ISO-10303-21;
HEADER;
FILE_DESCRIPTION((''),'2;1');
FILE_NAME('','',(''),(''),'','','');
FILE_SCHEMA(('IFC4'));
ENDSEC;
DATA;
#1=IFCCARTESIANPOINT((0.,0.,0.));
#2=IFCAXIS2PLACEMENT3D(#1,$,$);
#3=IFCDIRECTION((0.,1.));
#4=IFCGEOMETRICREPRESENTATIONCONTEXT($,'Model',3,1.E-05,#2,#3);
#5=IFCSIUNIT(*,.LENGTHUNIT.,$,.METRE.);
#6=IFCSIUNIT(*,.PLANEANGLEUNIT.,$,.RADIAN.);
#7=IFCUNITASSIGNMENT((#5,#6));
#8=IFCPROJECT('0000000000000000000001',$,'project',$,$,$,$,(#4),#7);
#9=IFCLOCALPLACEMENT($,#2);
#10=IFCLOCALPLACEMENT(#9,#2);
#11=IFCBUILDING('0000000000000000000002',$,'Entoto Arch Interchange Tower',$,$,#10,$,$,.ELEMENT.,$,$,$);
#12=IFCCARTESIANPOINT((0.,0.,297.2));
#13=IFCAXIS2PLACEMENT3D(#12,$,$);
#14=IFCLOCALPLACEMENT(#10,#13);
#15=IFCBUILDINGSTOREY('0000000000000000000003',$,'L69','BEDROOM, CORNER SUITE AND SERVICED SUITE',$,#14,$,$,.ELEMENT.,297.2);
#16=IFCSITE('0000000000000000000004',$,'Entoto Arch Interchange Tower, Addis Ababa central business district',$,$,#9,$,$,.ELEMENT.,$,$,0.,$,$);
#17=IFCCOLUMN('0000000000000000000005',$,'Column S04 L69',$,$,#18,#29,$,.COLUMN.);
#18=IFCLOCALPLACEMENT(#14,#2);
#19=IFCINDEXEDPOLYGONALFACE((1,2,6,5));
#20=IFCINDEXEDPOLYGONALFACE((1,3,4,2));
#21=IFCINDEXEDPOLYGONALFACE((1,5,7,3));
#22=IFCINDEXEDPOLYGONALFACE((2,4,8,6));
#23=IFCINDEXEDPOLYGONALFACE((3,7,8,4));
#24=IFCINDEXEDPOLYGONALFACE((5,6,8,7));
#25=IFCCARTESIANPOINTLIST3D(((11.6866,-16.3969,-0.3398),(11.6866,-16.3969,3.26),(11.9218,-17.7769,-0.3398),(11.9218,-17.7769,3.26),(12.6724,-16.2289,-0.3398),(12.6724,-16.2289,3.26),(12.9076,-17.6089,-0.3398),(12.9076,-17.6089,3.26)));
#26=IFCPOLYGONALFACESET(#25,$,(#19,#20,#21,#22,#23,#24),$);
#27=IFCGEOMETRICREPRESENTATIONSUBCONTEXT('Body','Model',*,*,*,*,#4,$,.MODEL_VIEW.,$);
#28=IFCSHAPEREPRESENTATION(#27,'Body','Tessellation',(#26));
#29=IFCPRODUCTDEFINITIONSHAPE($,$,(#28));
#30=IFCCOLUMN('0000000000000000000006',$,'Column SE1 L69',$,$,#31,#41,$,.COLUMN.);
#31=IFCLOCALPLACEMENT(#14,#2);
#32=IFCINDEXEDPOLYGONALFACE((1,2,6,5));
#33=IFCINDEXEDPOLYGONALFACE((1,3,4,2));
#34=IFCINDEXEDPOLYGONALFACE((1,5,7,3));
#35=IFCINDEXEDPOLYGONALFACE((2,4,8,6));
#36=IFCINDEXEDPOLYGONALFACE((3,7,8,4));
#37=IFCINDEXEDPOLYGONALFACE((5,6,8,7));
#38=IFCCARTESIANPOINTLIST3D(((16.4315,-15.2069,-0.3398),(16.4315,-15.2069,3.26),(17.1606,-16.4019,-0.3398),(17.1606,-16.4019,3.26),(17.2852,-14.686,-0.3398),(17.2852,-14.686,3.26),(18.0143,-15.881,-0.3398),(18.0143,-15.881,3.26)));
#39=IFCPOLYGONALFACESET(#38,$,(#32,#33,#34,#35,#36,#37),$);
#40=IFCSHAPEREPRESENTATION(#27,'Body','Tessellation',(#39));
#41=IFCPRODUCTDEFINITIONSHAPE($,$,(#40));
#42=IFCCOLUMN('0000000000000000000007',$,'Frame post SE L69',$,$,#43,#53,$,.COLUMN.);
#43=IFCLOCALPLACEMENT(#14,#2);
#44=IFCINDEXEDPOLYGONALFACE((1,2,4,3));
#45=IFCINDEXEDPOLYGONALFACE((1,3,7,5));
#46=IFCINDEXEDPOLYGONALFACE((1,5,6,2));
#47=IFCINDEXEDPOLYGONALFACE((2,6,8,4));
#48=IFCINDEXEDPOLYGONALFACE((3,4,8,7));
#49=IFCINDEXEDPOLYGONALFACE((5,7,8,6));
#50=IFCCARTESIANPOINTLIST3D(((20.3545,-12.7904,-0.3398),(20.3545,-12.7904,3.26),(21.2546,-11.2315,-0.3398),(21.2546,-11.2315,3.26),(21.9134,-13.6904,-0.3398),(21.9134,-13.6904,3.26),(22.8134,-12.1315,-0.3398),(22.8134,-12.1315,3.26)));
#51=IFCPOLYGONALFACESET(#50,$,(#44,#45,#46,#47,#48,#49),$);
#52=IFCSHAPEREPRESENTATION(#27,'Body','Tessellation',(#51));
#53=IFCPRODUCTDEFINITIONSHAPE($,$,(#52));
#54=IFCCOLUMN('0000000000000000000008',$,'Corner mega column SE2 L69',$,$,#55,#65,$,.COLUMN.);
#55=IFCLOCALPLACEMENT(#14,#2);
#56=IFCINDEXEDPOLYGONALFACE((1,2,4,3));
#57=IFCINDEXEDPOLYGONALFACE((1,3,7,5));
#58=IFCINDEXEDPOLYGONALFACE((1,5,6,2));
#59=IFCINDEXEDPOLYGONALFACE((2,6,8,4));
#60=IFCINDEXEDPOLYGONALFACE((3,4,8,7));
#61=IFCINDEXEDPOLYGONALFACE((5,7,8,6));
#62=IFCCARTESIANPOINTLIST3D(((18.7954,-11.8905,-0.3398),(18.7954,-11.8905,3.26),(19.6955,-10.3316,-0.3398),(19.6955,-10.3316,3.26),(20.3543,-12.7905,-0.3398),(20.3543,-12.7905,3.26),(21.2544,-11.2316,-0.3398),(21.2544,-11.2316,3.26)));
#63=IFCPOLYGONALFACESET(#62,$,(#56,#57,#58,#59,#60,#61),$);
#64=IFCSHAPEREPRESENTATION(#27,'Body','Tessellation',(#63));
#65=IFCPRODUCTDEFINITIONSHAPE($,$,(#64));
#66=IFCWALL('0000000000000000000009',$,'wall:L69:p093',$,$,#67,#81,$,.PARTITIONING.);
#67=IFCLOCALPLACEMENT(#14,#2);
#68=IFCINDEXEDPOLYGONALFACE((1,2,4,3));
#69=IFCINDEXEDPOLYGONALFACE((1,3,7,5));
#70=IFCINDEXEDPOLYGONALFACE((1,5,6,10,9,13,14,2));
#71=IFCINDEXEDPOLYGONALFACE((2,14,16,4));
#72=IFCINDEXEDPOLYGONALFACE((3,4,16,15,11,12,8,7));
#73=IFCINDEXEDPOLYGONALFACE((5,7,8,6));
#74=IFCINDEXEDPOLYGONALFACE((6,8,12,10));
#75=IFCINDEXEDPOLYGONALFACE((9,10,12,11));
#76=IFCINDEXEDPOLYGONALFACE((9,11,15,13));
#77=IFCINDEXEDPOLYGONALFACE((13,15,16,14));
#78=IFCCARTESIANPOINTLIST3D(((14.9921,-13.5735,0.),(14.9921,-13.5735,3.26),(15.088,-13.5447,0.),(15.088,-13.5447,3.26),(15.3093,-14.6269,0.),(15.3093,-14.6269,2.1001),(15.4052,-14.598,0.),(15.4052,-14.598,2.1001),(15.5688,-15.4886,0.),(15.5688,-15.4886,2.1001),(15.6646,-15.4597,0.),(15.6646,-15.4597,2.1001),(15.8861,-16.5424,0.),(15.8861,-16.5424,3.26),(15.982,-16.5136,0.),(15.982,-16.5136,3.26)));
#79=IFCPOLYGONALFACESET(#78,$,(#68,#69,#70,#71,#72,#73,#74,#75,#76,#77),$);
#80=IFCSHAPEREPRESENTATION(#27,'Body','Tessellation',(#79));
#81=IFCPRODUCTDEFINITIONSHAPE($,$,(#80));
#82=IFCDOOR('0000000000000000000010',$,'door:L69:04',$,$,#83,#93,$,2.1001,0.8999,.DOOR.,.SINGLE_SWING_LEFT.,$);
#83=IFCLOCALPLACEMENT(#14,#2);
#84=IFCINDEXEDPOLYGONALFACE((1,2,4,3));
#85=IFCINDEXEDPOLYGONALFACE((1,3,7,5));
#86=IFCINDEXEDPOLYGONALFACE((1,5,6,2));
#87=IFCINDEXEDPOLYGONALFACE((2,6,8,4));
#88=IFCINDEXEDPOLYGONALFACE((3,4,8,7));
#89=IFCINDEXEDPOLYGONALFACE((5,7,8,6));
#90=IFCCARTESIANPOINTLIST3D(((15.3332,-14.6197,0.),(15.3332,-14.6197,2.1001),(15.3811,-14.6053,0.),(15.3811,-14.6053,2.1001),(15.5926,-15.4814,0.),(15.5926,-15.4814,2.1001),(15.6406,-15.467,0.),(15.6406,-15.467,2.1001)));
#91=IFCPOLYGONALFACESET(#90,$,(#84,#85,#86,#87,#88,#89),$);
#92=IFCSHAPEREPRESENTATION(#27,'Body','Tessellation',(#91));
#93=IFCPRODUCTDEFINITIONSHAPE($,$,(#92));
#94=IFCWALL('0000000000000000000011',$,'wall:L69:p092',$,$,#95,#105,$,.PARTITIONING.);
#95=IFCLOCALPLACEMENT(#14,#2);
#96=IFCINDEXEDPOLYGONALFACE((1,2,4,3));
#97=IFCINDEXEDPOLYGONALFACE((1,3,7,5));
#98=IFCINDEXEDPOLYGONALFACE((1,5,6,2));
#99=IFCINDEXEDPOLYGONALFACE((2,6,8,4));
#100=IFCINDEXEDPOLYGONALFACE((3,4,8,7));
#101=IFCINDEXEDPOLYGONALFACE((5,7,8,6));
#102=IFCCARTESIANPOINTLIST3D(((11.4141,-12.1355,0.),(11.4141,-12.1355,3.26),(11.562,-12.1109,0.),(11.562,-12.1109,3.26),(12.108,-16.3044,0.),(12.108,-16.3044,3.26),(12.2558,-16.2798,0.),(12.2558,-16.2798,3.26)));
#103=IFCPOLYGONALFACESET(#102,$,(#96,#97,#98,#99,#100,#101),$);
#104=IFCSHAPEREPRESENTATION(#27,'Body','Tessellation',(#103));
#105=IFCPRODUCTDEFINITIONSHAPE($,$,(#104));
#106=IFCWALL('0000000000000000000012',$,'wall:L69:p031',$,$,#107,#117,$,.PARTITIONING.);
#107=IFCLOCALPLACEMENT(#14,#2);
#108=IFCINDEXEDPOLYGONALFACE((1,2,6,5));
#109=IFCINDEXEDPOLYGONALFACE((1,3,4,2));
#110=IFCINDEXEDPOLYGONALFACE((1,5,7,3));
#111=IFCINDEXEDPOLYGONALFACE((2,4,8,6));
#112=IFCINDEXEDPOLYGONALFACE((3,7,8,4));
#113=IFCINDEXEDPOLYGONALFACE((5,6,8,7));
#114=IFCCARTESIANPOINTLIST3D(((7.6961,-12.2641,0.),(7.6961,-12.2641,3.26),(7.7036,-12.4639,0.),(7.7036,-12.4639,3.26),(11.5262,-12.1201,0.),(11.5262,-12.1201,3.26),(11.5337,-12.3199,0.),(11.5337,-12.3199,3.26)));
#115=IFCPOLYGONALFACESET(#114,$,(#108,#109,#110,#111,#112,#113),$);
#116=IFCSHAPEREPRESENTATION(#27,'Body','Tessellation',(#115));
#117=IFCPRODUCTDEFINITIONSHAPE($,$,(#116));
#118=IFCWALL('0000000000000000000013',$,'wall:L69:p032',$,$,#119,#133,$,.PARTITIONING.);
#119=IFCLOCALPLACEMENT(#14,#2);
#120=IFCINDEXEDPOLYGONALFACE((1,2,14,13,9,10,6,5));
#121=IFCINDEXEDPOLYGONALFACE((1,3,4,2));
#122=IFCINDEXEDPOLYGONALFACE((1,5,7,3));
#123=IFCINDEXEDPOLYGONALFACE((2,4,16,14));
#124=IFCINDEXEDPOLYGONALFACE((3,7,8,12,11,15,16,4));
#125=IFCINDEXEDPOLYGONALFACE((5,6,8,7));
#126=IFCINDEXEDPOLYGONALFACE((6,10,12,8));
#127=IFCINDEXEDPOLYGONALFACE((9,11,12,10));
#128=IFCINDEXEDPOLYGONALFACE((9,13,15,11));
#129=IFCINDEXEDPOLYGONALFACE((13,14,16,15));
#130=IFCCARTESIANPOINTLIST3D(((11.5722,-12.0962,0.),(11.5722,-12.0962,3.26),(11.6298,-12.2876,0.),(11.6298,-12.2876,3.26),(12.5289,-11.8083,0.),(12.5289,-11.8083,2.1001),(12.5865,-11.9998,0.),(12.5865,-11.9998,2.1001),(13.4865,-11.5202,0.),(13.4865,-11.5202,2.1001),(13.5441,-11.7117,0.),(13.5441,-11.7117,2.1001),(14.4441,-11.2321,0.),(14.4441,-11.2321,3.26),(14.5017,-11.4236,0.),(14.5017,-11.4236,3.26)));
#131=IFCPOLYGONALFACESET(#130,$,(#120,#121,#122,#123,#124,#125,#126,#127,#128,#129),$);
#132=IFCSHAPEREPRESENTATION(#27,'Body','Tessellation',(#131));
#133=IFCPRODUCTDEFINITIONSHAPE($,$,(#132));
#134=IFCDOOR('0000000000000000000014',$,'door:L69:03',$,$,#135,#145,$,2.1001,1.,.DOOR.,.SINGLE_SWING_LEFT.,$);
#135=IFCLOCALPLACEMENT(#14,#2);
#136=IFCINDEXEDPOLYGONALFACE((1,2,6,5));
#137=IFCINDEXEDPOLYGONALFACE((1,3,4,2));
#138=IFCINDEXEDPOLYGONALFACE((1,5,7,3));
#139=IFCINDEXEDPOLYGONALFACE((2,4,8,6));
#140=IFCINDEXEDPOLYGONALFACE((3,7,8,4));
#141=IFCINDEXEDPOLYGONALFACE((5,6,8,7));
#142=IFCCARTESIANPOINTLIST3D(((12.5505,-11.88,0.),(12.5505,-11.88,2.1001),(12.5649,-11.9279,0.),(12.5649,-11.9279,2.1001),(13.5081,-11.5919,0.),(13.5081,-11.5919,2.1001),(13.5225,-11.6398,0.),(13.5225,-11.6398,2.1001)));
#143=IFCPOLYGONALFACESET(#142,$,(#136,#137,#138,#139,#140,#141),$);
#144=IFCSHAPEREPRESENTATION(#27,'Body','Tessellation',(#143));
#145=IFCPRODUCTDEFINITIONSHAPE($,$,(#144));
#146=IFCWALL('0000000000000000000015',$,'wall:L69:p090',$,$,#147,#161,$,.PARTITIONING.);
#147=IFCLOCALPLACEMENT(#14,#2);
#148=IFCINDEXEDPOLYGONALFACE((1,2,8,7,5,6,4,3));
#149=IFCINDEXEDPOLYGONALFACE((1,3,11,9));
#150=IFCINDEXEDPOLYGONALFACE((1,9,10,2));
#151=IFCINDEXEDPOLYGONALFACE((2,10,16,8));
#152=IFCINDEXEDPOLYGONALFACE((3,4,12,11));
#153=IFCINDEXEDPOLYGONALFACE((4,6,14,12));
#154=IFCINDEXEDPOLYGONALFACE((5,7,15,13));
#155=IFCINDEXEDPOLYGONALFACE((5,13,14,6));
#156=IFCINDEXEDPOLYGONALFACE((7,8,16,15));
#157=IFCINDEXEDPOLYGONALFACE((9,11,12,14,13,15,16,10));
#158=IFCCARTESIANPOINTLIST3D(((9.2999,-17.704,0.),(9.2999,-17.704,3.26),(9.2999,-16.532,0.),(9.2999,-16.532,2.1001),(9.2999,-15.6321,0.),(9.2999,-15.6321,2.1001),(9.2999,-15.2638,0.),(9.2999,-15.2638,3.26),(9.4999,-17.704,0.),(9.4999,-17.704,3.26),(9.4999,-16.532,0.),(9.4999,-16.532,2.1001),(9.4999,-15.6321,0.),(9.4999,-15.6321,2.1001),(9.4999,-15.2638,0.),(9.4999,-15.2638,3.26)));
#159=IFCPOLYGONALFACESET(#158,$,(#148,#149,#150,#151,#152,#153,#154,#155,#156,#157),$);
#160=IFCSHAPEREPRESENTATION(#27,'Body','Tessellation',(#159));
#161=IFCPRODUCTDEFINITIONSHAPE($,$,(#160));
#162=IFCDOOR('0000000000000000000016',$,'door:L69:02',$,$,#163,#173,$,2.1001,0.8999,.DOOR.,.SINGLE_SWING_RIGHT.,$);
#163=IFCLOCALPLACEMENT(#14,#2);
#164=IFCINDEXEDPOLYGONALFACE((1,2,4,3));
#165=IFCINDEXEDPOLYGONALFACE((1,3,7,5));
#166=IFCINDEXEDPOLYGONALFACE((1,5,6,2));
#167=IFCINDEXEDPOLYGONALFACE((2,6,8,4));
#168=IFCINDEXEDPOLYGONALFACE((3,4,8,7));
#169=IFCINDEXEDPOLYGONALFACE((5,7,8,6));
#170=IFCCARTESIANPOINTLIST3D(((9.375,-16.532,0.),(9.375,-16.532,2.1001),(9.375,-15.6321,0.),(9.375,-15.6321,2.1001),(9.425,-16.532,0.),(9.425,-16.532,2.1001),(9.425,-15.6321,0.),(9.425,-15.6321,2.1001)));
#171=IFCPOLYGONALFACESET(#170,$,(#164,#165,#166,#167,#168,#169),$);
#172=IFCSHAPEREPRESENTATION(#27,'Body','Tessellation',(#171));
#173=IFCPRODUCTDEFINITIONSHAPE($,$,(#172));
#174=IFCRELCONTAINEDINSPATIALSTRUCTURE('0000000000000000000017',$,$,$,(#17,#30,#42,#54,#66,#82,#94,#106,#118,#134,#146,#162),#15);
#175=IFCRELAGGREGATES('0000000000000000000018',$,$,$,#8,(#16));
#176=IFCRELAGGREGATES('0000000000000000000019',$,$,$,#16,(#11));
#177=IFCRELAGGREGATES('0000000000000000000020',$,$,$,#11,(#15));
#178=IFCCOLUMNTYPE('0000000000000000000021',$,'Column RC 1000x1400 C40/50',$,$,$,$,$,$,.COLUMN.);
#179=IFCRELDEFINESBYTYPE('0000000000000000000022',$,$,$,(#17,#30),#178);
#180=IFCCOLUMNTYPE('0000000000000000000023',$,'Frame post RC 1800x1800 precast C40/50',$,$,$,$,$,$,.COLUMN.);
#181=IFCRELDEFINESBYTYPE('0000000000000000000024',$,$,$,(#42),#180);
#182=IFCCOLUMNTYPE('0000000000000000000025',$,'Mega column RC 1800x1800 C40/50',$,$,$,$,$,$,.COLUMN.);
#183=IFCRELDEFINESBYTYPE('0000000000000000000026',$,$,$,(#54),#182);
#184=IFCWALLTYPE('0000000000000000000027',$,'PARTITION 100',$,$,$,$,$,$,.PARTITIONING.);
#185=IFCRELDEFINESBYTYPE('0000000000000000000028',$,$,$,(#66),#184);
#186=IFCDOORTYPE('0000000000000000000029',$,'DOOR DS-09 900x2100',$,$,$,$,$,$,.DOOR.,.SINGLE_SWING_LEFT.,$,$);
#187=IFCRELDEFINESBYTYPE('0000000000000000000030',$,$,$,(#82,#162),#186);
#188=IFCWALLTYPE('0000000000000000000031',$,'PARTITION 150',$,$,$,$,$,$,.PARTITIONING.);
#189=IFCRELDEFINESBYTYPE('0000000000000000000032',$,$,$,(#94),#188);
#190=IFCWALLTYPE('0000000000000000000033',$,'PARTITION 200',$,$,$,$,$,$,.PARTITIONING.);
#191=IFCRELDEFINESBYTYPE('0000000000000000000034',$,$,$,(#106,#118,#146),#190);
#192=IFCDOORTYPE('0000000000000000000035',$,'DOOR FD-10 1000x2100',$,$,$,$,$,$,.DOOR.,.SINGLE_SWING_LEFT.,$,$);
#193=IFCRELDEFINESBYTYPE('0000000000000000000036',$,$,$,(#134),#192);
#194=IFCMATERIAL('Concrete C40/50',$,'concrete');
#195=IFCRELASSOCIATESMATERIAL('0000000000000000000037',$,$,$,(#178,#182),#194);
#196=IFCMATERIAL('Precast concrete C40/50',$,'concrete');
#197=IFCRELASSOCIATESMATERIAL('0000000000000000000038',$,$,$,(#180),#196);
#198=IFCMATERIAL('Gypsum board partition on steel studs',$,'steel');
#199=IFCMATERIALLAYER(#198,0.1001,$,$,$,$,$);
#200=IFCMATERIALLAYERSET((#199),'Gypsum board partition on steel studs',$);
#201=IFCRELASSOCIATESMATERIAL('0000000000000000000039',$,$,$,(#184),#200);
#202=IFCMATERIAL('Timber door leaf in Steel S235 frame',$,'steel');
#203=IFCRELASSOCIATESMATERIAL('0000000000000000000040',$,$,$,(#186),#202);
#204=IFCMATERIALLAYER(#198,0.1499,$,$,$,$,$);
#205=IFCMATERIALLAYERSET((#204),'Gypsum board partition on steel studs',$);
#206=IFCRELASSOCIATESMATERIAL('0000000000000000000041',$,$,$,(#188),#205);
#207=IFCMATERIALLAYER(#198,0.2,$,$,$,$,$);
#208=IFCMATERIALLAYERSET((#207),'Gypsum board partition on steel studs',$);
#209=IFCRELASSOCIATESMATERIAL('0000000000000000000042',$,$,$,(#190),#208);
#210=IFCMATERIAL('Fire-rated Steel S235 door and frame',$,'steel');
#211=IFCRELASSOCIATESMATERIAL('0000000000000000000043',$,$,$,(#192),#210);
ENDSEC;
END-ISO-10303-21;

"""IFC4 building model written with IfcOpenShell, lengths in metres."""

from ifc_helpers import new_model, si_unit, direction, frame, frame_2d, origin, origin_2d, place, context, subcontext, project, spatial, rectangle, extrude, material, layer, layer_set, material_profile, profile_set, type_object, element, fill, save


model = new_model("IFC4")

# Units and contexts
model_context = context("Model", 3, precision=1e-05, world=origin(), true_north=direction((0.0, 1.0)))
body_context = subcontext(model_context, "Body", "Model", "MODEL_VIEW")
ifc_project = project(units=[si_unit("LENGTHUNIT", "METRE"), si_unit("PLANEANGLEUNIT", "RADIAN")], contexts=[model_context])

# Site, building, storey
site_placement = place(None, origin())
site = spatial("IfcSite", under=ifc_project, at=site_placement, Name="Entoto Arch Interchange Tower, Addis Ababa central business district", CompositionType="ELEMENT", RefElevation=0.0)
building_placement = place(site_placement, origin())
building = spatial("IfcBuilding", under=site, at=building_placement, Name="Entoto Arch Interchange Tower", CompositionType="ELEMENT")
storey_placement = place(building_placement, frame((0.0, 0.0, 297.2)))
storey = spatial("IfcBuildingStorey", under=building, at=storey_placement, Name="L69", Description="BEDROOM, CORNER SUITE AND SERVICED SUITE", CompositionType="ELEMENT", Elevation=297.2)

# Columns
ifc_material_1 = material(Name="Concrete C40/50", Category="concrete")
ifc_material_profile_1 = material_profile(ifc_material_1, rectangle(XDim=1.0, YDim=1.3999, at=origin_2d()))
ifc_profile_set_1 = profile_set([ifc_material_profile_1], Name="Concrete C40/50")
column_type_1 = type_object("IfcColumnType", Name="Column RC 1000x1400 C40/50", PredefinedType="COLUMN", material=ifc_profile_set_1)
for number, where, z_axis, x_axis, name in (
    (1, (12.2971, -17.0029, -0.3398), (0.0, 0.0, 1.0), (0.985786, 0.168008, 0.0), "Column S04 L69"),
    (2, (17.2229, -15.5439, -0.3398), (0.0, 0.0, 1.0), (0.853651, 0.520846, 0.0), "Column SE1 L69"),
):
    element("IfcColumn", number, at=place(storey_placement, frame(where, z_axis=z_axis, x_axis=x_axis)), inside=storey, type_object=column_type_1, Name=name, PredefinedType="COLUMN", context=body_context, shape_type="SweptSolid", body=[
        extrude(rectangle(XDim=1.0, YDim=1.3999, at=origin_2d()), origin(), (0.0, 0.0, 1.0), 3.5999),
    ])
ifc_material_2 = material(Name="Precast concrete C40/50", Category="concrete")
ifc_material_profile_2 = material_profile(ifc_material_2, rectangle(XDim=1.8, YDim=1.8, at=origin_2d()))
ifc_profile_set_2 = profile_set([ifc_material_profile_2], Name="Precast concrete C40/50")
column_type_2 = type_object("IfcColumnType", Name="Frame post RC 1800x1800 precast C40/50", PredefinedType="COLUMN", material=ifc_profile_set_2)
column_1_placement = place(storey_placement, frame((21.584, -12.4609, -0.3398), z_axis=(0.0, 0.0, 1.0), x_axis=(-0.866025, 0.5, 0.0)))
element("IfcColumn", 3, at=column_1_placement, inside=storey, type_object=column_type_2, Name="Frame post SE L69", PredefinedType="COLUMN", context=body_context, shape_type="SweptSolid", body=[
    extrude(rectangle(XDim=1.8, YDim=1.8, at=origin_2d()), origin(), (0.0, 0.0, 1.0), 3.5999),
])
ifc_material_profile_3 = material_profile(ifc_material_1, rectangle(XDim=1.8, YDim=1.8, at=origin_2d()))
ifc_profile_set_3 = profile_set([ifc_material_profile_3], Name="Concrete C40/50")
column_type_3 = type_object("IfcColumnType", Name="Mega column RC 1800x1800 C40/50", PredefinedType="COLUMN", material=ifc_profile_set_3)
column_2_placement = place(storey_placement, frame((20.0249, -11.561, -0.3398), z_axis=(0.0, 0.0, 1.0), x_axis=(-0.866025, 0.5, 0.0)))
element("IfcColumn", 4, at=column_2_placement, inside=storey, type_object=column_type_3, Name="Corner mega column SE2 L69", PredefinedType="COLUMN", context=body_context, shape_type="SweptSolid", body=[
    extrude(rectangle(XDim=1.8, YDim=1.8, at=origin_2d()), origin(), (0.0, 0.0, 1.0), 3.5999),
])

# Wall, opening, door
ifc_material_3 = material(Name="Gypsum board partition on steel studs", Category="steel")
ifc_layer_1 = layer(ifc_material_3, 0.1001)
ifc_layer_set_1 = layer_set([ifc_layer_1], Name="Gypsum board partition on steel studs")
wall_type_1 = type_object("IfcWallType", Name="PARTITION 100", PredefinedType="PARTITIONING", material=ifc_layer_set_1)
wall_1_placement = place(storey_placement, frame((15.04, -13.5591, 0.0), z_axis=(0.0, 0.0, 1.0), x_axis=(0.288337, -0.957529, 0.0)))
wall_1 = element("IfcWall", 5, at=wall_1_placement, inside=storey, type_object=wall_type_1, Name="wall:L69:p093", PredefinedType="PARTITIONING", context=body_context, shape_type="SweptSolid", body=[
    extrude(rectangle(XDim=3.1006, YDim=0.1001, at=frame_2d((1.5503, 0.0))), origin(), (0.0, 0.0, 1.0), 3.26),
])
opening_1_placement = place(wall_1_placement, frame((1.1001, 0.0, 0.0)))
opening_1 = element("IfcOpeningElement", 6, at=opening_1_placement, cuts=wall_1, PredefinedType="OPENING", context=body_context, shape_type="SweptSolid", body=[
    extrude(rectangle(XDim=0.8999, YDim=2.1001, at=frame_2d((0.45, 1.05))), frame((0.0, 0.0601, 0.0), z_axis=(0.0, -1.0, 0.0), x_axis=(1.0, 0.0, 0.0)), (0.0, 0.0, 1.0), 0.1201),
])
ifc_material_4 = material(Name="Timber door leaf in Steel S235 frame", Category="steel")
door_type_1 = type_object("IfcDoorType", Name="DOOR DS-09 900x2100", OperationType="SINGLE_SWING_LEFT", PredefinedType="DOOR", material=ifc_material_4)
door_1_placement = place(opening_1_placement, origin())
door_1 = element("IfcDoor", 7, at=door_1_placement, inside=storey, type_object=door_type_1, Name="door:L69:04", OperationType="SINGLE_SWING_LEFT", OverallHeight=2.1001, OverallWidth=0.8999, PredefinedType="DOOR", context=body_context, shape_type="SweptSolid", body=[
    extrude(rectangle(XDim=0.8999, YDim=2.1001, at=frame_2d((0.45, 1.05))), frame((0.0, 0.0249, 0.0), z_axis=(0.0, -1.0, 0.0), x_axis=(1.0, 0.0, 0.0)), (0.0, 0.0, 1.0), 0.05),
])
fill(opening_1, door_1)

# Walls
ifc_layer_2 = layer(ifc_material_3, 0.1499)
ifc_layer_set_2 = layer_set([ifc_layer_2], Name="Gypsum board partition on steel studs")
wall_type_2 = type_object("IfcWallType", Name="PARTITION 150", PredefinedType="PARTITIONING", material=ifc_layer_set_2)
wall_2_placement = place(storey_placement, frame((11.488, -12.123, 0.0), z_axis=(0.0, 0.0, 1.0), x_axis=(0.164174, -0.986431, 0.0)))
element("IfcWall", 8, at=wall_2_placement, inside=storey, type_object=wall_type_2, Name="wall:L69:p092", PredefinedType="PARTITIONING", context=body_context, shape_type="SweptSolid", body=[
    extrude(rectangle(XDim=4.2263, YDim=0.1499, at=frame_2d((2.1133, 0.0))), origin(), (0.0, 0.0, 1.0), 3.26),
])
ifc_layer_3 = layer(ifc_material_3, 0.2)
ifc_layer_set_3 = layer_set([ifc_layer_3], Name="Gypsum board partition on steel studs")
wall_type_3 = type_object("IfcWallType", Name="PARTITION 200", PredefinedType="PARTITIONING", material=ifc_layer_set_3)
wall_3_placement = place(storey_placement, frame((11.53, -12.22, 0.0), z_axis=(0.0, 0.0, 1.0), x_axis=(-0.999294, -0.037582, 0.0)))
element("IfcWall", 9, at=wall_3_placement, inside=storey, type_object=wall_type_3, Name="wall:L69:p031", PredefinedType="PARTITIONING", context=body_context, shape_type="SweptSolid", body=[
    extrude(rectangle(XDim=3.8328, YDim=0.2, at=frame_2d((1.9165, 0.0))), origin(), (0.0, 0.0, 1.0), 3.26),
])

# Walls, openings, doors
wall_4_placement = place(storey_placement, frame((14.4729, -11.3279, 0.0), z_axis=(0.0, 0.0, 1.0), x_axis=(-0.9576, -0.288102, 0.0)))
wall_4 = element("IfcWall", 10, at=wall_4_placement, inside=storey, type_object=wall_type_3, Name="wall:L69:p032", PredefinedType="PARTITIONING", context=body_context, shape_type="SweptSolid", body=[
    extrude(rectangle(XDim=2.999, YDim=0.2, at=frame_2d((1.4995, 0.0))), origin(), (0.0, 0.0, 1.0), 3.26),
])
opening_2_placement = place(wall_4_placement, frame((1.0, 0.0, 0.0)))
opening_2 = element("IfcOpeningElement", 11, at=opening_2_placement, cuts=wall_4, PredefinedType="OPENING", context=body_context, shape_type="SweptSolid", body=[
    extrude(rectangle(XDim=1.0, YDim=2.1001, at=frame_2d((0.5, 1.05))), frame((0.0, 0.1099, 0.0), z_axis=(0.0, -1.0, 0.0), x_axis=(1.0, 0.0, 0.0)), (0.0, 0.0, 1.0), 0.22),
])
ifc_material_5 = material(Name="Fire-rated Steel S235 door and frame", Category="steel")
door_type_2 = type_object("IfcDoorType", Name="DOOR FD-10 1000x2100", OperationType="SINGLE_SWING_LEFT", PredefinedType="DOOR", material=ifc_material_5)
door_2_placement = place(opening_2_placement, origin())
door_2 = element("IfcDoor", 12, at=door_2_placement, inside=storey, type_object=door_type_2, Name="door:L69:03", OperationType="SINGLE_SWING_LEFT", OverallHeight=2.1001, OverallWidth=1.0, PredefinedType="DOOR", context=body_context, shape_type="SweptSolid", body=[
    extrude(rectangle(XDim=1.0, YDim=2.1001, at=frame_2d((0.5, 1.05))), frame((0.0, 0.0249, 0.0), z_axis=(0.0, -1.0, 0.0), x_axis=(1.0, 0.0, 0.0)), (0.0, 0.0, 1.0), 0.05),
])
fill(opening_2, door_2)
wall_5_placement = place(storey_placement, frame((9.3999, -17.7041, 0.0), z_axis=(0.0, 0.0, 1.0), x_axis=(0.0, 1.0, 0.0)))
wall_5 = element("IfcWall", 13, at=wall_5_placement, inside=storey, type_object=wall_type_3, Name="wall:L69:p090", PredefinedType="PARTITIONING", context=body_context, shape_type="SweptSolid", body=[
    extrude(rectangle(XDim=2.4402, YDim=0.2, at=frame_2d((1.2202, 0.0))), origin(), (0.0, 0.0, 1.0), 3.26),
])
opening_3_placement = place(wall_5_placement, frame((1.1721, 0.0, 0.0)))
opening_3 = element("IfcOpeningElement", 14, at=opening_3_placement, cuts=wall_5, PredefinedType="OPENING", context=body_context, shape_type="SweptSolid", body=[
    extrude(rectangle(XDim=0.8999, YDim=2.1001, at=frame_2d((0.45, 1.05))), frame((0.0, 0.1099, 0.0), z_axis=(0.0, -1.0, 0.0), x_axis=(1.0, 0.0, 0.0)), (0.0, 0.0, 1.0), 0.22),
])
door_3_placement = place(opening_3_placement, origin())
door_3 = element("IfcDoor", 15, at=door_3_placement, inside=storey, type_object=door_type_1, Name="door:L69:02", OperationType="SINGLE_SWING_RIGHT", OverallHeight=2.1001, OverallWidth=0.8999, PredefinedType="DOOR", context=body_context, shape_type="SweptSolid", body=[
    extrude(rectangle(XDim=0.8999, YDim=2.1001, at=frame_2d((0.45, 1.05))), frame((0.0, 0.0249, 0.0), z_axis=(0.0, -1.0, 0.0), x_axis=(1.0, 0.0, 0.0)), (0.0, 0.0, 1.0), 0.05),
])
fill(opening_3, door_3)

save(model, "model.ifc")
